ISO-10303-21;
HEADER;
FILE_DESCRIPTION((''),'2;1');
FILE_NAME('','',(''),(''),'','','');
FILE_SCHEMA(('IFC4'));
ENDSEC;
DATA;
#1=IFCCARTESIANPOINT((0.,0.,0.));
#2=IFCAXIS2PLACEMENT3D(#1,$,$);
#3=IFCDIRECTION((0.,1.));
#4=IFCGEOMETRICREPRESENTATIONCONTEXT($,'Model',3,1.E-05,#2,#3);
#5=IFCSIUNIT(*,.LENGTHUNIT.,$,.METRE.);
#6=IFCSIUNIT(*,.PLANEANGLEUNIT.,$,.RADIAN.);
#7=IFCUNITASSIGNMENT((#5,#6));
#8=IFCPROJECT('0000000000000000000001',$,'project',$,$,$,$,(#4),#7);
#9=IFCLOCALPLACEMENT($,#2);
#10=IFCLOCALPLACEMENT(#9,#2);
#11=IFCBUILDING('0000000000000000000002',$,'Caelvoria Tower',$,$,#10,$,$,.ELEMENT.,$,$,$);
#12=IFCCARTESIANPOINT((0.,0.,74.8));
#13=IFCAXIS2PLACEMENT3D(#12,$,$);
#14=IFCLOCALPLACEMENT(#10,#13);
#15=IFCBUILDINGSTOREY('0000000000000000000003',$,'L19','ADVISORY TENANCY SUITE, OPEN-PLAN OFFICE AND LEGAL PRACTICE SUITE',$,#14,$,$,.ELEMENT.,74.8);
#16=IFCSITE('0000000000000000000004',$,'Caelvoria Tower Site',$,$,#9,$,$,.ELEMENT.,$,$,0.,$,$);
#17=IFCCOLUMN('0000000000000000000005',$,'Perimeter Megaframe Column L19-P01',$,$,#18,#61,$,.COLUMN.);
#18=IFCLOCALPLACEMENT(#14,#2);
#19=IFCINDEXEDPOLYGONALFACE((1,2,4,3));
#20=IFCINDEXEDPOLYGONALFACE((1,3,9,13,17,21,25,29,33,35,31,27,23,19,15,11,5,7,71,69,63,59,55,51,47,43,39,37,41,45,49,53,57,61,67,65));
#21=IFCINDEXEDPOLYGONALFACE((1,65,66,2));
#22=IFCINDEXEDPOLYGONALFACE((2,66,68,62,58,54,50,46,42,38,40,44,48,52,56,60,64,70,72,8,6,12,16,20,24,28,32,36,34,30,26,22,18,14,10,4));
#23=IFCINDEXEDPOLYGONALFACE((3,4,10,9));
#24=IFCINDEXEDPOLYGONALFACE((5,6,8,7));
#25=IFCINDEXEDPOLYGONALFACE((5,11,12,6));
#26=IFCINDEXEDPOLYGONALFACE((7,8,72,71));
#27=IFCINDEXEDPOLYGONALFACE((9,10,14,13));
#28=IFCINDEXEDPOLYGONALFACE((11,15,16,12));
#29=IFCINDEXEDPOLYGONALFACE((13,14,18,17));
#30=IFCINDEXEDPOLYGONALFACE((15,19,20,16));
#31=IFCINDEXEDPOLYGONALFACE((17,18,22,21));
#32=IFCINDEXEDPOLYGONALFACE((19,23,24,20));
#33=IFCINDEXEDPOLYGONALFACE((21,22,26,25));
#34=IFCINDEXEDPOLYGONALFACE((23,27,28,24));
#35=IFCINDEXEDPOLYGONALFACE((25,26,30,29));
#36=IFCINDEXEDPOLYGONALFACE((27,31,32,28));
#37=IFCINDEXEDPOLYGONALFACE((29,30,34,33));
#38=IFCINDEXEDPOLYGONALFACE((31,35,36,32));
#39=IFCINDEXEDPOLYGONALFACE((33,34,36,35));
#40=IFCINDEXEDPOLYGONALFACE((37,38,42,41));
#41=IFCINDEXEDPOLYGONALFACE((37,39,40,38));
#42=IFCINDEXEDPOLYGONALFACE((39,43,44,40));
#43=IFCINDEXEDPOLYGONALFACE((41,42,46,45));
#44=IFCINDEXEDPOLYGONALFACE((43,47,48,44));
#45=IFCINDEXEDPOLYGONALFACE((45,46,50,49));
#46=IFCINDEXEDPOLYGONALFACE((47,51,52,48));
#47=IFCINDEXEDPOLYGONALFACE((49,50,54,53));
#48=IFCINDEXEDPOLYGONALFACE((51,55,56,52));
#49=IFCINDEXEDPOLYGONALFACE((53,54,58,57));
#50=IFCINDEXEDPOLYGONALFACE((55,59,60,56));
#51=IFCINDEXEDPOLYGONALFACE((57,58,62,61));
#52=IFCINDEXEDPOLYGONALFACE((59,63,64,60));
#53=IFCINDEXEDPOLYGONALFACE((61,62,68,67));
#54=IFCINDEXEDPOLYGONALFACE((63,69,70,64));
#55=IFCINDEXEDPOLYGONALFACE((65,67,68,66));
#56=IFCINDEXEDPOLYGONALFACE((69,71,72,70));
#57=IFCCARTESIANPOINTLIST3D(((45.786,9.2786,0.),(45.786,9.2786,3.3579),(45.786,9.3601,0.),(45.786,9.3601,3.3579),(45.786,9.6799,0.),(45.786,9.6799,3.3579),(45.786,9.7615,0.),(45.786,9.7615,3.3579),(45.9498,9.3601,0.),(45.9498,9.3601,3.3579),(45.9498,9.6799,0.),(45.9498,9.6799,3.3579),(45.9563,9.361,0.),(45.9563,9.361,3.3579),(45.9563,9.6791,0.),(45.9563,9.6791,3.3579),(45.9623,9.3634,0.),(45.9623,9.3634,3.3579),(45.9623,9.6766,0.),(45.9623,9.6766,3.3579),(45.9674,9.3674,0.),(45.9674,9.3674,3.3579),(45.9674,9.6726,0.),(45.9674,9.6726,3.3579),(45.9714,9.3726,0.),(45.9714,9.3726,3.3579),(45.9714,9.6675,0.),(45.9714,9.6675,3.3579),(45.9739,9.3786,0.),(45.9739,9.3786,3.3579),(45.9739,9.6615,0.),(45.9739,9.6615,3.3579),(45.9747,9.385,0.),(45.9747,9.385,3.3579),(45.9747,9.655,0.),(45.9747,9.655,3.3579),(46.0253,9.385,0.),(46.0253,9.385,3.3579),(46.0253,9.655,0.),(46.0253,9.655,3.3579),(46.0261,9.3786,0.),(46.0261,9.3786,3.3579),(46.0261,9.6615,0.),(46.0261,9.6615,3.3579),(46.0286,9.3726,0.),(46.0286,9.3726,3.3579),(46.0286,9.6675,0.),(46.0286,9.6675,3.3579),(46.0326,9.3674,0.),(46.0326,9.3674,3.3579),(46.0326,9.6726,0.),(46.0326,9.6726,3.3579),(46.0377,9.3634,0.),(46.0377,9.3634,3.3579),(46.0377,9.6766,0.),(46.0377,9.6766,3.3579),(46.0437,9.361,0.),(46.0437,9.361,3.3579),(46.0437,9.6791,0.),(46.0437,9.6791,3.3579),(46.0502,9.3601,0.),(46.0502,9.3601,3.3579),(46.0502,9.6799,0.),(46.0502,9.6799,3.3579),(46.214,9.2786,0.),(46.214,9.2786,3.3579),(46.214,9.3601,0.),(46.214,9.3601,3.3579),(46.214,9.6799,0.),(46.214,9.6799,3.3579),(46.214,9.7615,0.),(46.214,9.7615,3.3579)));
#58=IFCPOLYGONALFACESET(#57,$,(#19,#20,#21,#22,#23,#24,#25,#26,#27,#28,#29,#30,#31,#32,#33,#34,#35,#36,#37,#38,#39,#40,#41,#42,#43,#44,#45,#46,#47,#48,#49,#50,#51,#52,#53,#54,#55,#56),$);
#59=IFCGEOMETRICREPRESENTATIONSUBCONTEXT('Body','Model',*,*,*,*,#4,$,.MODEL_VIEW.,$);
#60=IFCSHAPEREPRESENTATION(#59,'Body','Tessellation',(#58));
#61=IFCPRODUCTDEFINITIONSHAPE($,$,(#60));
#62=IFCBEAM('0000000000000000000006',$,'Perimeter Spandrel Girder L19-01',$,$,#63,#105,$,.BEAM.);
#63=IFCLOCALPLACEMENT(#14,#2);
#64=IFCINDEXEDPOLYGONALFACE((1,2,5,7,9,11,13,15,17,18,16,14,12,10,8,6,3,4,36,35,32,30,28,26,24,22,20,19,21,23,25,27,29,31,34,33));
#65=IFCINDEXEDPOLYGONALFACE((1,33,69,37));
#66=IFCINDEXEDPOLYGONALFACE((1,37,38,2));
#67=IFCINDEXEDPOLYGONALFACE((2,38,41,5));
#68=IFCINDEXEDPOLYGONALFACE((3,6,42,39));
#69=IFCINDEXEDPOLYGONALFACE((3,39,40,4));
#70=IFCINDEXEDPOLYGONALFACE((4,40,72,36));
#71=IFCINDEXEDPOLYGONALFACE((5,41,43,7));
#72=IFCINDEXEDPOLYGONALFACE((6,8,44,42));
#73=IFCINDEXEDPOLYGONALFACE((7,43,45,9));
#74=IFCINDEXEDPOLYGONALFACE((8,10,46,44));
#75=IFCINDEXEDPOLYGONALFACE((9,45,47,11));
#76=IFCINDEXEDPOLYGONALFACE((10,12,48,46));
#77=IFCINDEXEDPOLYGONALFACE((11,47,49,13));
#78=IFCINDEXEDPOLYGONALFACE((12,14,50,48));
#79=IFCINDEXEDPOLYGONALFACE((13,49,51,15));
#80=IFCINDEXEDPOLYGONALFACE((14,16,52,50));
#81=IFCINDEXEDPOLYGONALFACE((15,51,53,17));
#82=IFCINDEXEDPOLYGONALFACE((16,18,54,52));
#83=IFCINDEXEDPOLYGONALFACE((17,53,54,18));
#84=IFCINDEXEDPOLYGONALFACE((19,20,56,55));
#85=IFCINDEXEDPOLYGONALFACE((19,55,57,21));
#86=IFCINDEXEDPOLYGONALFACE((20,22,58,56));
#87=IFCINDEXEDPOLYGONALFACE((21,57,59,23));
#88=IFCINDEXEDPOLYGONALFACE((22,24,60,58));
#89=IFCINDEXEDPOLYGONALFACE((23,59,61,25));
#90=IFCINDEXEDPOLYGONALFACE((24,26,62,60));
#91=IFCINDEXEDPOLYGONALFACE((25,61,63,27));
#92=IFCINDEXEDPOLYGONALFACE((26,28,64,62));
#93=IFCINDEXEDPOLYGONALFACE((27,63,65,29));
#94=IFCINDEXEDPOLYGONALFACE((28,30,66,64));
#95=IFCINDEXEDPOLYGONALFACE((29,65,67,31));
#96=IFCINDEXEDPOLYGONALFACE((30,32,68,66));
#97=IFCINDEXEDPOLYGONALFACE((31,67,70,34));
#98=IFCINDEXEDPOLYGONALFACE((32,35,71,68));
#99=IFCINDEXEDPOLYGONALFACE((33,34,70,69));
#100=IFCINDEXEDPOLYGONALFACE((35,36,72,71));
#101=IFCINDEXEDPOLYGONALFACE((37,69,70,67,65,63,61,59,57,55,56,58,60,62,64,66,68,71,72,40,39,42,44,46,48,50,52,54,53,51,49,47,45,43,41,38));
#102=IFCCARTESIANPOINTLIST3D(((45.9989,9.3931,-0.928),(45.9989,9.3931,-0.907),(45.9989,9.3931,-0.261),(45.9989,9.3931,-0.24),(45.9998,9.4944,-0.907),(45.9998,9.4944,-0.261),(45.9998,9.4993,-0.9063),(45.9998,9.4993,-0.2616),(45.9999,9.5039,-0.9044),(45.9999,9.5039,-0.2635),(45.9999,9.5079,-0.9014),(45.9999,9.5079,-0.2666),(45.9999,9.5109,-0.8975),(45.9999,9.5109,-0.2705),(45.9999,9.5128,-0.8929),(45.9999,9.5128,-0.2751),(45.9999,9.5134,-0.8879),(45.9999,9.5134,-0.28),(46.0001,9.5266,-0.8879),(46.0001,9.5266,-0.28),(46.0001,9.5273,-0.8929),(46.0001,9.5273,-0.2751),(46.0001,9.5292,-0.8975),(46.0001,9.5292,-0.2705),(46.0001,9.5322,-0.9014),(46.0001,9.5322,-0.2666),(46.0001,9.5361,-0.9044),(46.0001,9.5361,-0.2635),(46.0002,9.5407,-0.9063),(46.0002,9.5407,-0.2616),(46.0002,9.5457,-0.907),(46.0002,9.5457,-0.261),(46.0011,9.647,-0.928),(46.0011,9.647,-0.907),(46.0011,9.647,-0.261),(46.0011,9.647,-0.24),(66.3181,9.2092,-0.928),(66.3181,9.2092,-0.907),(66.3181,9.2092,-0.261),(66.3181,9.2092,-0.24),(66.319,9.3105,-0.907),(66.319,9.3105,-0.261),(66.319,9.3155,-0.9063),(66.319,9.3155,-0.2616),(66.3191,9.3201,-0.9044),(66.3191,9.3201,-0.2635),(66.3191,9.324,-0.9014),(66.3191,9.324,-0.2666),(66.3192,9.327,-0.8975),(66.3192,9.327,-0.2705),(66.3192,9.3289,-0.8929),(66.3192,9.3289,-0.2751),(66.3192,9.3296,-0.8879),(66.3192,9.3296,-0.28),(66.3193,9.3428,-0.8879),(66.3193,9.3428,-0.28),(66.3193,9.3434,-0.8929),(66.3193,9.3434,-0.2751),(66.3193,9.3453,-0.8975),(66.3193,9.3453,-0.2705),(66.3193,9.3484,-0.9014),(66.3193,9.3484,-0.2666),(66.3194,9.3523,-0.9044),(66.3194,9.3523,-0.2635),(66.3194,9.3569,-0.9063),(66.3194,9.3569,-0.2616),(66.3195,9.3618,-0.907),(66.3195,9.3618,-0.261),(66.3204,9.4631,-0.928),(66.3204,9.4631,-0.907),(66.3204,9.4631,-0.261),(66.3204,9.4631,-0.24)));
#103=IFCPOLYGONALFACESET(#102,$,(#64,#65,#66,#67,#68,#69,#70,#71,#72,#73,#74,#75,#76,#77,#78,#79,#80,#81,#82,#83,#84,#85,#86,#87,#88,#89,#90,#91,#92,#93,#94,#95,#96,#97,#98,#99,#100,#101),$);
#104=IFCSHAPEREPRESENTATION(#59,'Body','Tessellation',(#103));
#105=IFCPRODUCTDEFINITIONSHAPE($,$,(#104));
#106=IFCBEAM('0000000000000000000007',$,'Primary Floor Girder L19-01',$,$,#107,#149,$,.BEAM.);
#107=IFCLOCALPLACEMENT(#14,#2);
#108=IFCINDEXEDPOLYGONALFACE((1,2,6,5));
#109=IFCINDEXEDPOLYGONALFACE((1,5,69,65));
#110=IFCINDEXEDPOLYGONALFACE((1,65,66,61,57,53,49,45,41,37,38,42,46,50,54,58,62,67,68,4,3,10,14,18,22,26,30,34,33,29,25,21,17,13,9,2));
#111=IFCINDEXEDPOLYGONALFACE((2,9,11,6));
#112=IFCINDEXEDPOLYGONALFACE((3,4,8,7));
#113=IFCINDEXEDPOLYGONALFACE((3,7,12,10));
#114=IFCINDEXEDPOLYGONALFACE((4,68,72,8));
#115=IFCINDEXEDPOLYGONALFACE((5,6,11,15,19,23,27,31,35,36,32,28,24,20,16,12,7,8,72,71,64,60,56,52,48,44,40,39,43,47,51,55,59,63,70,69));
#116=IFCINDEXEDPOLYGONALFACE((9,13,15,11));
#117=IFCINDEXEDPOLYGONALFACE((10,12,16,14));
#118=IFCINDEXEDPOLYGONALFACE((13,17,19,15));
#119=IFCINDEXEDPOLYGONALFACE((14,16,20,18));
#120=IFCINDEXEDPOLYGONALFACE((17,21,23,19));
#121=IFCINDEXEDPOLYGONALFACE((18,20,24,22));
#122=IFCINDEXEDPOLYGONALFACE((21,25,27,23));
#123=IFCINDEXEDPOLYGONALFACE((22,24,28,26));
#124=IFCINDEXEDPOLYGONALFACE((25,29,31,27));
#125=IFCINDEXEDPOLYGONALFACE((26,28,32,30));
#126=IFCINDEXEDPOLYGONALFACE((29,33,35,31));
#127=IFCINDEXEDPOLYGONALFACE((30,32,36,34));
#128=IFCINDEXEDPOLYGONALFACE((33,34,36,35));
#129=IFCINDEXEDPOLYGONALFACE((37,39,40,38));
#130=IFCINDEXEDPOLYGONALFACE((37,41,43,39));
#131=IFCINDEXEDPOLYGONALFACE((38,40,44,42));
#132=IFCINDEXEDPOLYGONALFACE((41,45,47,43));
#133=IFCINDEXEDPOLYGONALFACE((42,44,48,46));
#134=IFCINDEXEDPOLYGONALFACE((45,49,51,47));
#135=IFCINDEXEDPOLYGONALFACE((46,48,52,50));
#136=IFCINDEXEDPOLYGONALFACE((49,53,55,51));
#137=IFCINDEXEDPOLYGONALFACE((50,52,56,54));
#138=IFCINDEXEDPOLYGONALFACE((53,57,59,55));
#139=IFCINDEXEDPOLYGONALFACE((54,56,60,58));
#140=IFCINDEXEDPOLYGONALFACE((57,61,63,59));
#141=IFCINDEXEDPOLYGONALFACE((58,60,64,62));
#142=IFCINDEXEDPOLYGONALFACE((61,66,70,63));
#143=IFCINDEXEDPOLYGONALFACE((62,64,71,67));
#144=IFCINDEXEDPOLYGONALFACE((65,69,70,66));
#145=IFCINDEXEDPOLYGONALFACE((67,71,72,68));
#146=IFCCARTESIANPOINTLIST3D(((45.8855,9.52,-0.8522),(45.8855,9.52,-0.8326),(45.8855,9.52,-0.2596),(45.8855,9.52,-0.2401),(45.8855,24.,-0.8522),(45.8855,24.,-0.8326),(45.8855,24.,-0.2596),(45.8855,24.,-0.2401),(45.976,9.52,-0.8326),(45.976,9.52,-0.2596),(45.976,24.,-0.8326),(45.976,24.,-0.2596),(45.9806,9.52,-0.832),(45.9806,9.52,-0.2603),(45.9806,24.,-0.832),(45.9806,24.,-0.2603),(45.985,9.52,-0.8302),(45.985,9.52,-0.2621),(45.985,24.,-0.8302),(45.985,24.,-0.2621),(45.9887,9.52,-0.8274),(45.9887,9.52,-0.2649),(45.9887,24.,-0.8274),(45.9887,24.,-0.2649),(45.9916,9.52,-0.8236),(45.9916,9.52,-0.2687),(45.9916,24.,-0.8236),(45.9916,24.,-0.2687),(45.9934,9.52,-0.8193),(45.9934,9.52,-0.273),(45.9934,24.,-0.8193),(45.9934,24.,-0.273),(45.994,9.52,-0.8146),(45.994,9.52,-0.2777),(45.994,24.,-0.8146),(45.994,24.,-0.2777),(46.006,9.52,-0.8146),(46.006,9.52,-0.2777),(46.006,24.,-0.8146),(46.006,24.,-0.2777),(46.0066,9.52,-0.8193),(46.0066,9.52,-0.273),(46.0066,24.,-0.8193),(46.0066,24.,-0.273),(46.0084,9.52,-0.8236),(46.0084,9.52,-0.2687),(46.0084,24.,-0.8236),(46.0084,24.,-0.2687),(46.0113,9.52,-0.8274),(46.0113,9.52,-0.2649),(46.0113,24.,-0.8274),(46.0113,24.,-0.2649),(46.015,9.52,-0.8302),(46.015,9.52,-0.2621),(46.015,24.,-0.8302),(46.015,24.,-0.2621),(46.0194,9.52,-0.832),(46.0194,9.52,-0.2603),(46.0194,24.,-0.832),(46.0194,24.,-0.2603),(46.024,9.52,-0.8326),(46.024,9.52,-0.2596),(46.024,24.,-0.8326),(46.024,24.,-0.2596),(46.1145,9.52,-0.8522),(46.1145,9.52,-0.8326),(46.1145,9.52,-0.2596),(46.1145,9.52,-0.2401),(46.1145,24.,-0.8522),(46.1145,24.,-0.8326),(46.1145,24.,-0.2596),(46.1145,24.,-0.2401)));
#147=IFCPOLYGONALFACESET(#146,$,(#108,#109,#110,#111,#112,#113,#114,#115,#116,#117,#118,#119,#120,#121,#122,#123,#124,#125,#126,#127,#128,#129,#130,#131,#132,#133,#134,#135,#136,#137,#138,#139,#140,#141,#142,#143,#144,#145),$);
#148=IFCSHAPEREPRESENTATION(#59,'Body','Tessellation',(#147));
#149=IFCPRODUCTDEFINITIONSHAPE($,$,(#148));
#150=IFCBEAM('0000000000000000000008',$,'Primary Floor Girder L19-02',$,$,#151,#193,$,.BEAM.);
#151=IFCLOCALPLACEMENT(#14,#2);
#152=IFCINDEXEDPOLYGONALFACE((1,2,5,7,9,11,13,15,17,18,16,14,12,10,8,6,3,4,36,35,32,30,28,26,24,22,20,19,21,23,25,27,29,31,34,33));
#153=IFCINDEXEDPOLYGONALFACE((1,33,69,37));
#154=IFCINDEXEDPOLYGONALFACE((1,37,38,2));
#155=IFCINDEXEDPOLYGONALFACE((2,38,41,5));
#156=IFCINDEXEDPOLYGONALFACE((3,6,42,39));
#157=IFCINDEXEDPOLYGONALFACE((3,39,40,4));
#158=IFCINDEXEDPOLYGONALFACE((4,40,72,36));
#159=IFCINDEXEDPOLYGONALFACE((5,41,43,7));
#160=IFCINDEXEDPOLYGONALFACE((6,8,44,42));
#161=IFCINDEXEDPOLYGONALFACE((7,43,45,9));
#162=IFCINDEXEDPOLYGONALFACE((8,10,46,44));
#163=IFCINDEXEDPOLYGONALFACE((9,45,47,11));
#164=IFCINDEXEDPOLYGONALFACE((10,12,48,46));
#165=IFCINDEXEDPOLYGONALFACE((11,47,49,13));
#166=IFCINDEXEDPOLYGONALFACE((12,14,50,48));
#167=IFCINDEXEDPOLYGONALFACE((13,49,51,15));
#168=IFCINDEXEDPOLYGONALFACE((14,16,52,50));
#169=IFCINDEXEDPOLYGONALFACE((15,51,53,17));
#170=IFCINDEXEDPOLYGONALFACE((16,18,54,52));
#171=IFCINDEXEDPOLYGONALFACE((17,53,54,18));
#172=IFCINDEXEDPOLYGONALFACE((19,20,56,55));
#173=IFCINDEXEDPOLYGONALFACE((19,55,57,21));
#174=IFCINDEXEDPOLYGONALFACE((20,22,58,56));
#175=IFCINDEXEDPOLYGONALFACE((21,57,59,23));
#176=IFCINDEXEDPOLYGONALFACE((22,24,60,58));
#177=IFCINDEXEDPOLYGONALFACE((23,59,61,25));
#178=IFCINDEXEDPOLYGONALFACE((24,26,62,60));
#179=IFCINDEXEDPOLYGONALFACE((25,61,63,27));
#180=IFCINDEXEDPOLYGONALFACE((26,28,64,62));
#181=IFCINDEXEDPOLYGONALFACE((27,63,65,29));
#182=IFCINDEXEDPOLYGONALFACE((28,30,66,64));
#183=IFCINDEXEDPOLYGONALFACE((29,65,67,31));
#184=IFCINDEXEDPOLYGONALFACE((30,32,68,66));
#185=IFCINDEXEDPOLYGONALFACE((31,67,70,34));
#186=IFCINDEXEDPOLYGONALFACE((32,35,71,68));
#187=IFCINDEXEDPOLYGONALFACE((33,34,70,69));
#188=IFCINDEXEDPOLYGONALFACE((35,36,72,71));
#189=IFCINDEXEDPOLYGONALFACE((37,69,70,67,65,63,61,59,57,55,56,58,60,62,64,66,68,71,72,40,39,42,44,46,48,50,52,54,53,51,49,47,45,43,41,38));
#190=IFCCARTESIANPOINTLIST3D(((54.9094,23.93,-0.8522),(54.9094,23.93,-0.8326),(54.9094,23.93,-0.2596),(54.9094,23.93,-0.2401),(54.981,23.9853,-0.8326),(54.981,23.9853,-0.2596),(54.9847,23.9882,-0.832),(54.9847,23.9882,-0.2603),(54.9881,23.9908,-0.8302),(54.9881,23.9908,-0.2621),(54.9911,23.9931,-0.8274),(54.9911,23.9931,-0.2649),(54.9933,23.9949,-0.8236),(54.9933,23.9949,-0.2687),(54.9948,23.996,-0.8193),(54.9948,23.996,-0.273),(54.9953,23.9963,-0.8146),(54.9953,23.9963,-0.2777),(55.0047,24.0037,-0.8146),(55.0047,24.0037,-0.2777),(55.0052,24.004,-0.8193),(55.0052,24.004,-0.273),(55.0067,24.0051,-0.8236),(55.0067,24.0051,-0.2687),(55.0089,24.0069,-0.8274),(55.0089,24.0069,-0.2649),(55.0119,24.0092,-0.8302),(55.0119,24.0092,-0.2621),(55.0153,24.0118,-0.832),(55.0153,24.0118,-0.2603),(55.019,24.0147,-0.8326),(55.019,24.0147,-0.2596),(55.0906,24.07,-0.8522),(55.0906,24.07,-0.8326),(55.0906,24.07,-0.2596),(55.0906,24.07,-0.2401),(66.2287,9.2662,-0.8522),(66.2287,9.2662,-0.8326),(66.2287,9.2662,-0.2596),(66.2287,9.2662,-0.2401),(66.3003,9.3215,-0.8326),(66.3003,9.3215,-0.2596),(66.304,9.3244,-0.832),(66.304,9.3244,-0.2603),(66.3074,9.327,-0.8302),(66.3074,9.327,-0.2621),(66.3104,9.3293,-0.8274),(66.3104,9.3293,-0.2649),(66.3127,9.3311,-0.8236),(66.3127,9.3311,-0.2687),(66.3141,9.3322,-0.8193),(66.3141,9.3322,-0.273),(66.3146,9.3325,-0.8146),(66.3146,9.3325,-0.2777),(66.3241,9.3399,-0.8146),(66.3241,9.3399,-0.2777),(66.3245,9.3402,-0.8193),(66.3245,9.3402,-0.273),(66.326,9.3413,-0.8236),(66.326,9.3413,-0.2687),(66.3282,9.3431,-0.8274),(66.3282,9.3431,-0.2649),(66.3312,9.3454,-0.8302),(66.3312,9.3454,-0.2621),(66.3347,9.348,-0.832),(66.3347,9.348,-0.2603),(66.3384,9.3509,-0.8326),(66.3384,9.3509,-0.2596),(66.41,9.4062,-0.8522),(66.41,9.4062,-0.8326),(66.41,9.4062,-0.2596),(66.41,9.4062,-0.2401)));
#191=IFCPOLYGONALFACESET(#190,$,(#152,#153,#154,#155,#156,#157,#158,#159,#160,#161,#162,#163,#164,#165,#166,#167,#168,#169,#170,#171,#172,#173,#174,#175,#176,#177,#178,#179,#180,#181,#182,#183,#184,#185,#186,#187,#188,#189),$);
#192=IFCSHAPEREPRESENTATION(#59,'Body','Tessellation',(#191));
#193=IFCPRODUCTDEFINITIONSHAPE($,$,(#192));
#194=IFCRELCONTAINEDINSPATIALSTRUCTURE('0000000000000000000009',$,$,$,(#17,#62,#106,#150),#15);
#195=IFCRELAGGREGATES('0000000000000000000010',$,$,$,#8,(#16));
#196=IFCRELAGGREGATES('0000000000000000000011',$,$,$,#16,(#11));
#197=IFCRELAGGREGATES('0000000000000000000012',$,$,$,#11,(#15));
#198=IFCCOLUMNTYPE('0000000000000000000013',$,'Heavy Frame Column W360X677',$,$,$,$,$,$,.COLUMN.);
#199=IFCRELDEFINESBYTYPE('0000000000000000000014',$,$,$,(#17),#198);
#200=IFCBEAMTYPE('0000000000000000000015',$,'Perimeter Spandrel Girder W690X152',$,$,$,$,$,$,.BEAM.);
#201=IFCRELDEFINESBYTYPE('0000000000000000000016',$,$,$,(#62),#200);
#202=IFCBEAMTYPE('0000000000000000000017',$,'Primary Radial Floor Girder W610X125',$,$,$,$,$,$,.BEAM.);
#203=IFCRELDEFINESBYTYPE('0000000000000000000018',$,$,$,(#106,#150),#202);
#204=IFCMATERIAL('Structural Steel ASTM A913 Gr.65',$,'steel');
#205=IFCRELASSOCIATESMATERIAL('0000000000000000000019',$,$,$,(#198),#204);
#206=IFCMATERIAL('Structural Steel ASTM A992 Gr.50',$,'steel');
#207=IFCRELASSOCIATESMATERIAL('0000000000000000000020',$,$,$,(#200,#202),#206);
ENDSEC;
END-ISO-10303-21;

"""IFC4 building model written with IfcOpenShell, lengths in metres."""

from ifc_helpers import new_model, si_unit, direction, frame, origin, origin_2d, place, context, subcontext, project, spatial, i_section, extrude, material, material_profile, profile_set, type_object, element, save


model = new_model("IFC4")

# Units and contexts
model_context = context("Model", 3, precision=1e-05, world=origin(), true_north=direction((0.0, 1.0)))
body_context = subcontext(model_context, "Body", "Model", "MODEL_VIEW")
ifc_project = project(units=[si_unit("LENGTHUNIT", "METRE"), si_unit("PLANEANGLEUNIT", "RADIAN")], contexts=[model_context])

# Site, building, storey
site_placement = place(None, origin())
site = spatial("IfcSite", under=ifc_project, at=site_placement, Name="Caelvoria Tower Site", CompositionType="ELEMENT", RefElevation=0.0)
building_placement = place(site_placement, origin())
building = spatial("IfcBuilding", under=site, at=building_placement, Name="Caelvoria Tower", CompositionType="ELEMENT")
storey_placement = place(building_placement, frame((0.0, 0.0, 74.8)))
storey = spatial("IfcBuildingStorey", under=building, at=storey_placement, Name="L19", Description="ADVISORY TENANCY SUITE, OPEN-PLAN OFFICE AND LEGAL PRACTICE SUITE", CompositionType="ELEMENT", Elevation=74.8)

# Column
ifc_material_1 = material(Name="Structural Steel ASTM A913 Gr.65", Category="steel")
ifc_material_profile_1 = material_profile(ifc_material_1, i_section(OverallWidth=0.428, OverallDepth=0.4829, WebThickness=0.0505, FlangeThickness=0.0815, FilletRadius=0.0249, at=origin_2d()), Name="Structural Steel ASTM A913 Gr.65")
ifc_profile_set_1 = profile_set([ifc_material_profile_1], Name="W360X677 - Structural Steel ASTM A913 Gr.65")
column_type = type_object("IfcColumnType", Name="Heavy Frame Column W360X677", PredefinedType="COLUMN", material=ifc_profile_set_1)
column_placement = place(storey_placement, frame((46.0, 9.52, 0.0), z_axis=(0.0, 0.0, 1.0), x_axis=(1.0, 0.0, 0.0)))
element("IfcColumn", 1, at=column_placement, inside=storey, type_object=column_type, Name="Perimeter Megaframe Column L19-P01", PredefinedType="COLUMN", context=body_context, shape_type="SweptSolid", body=[
    extrude(i_section(OverallWidth=0.428, OverallDepth=0.4829, WebThickness=0.0505, FlangeThickness=0.0815, FilletRadius=0.0249, at=origin_2d()), origin(), (0.0, 0.0, 1.0), 3.3579),
])

# Beams
ifc_material_2 = material(Name="Structural Steel ASTM A992 Gr.50", Category="steel")
ifc_material_profile_2 = material_profile(ifc_material_2, i_section(OverallWidth=0.2539, OverallDepth=0.688, WebThickness=0.0132, FlangeThickness=0.021, FilletRadius=0.019, at=origin_2d()), Name="Structural Steel ASTM A992 Gr.50")
ifc_profile_set_2 = profile_set([ifc_material_profile_2], Name="W690X152 - Structural Steel ASTM A992 Gr.50")
beam_type_1 = type_object("IfcBeamType", Name="Perimeter Spandrel Girder W690X152", PredefinedType="BEAM", material=ifc_profile_set_2)
beam_1_placement = place(storey_placement, frame((46.0, 9.52, -0.584), z_axis=(0.999959, -0.009047, 0.0), x_axis=(0.009047, 0.999959, 0.0)))
element("IfcBeam", 2, at=beam_1_placement, inside=storey, type_object=beam_type_1, Name="Perimeter Spandrel Girder L19-01", PredefinedType="BEAM", context=body_context, shape_type="SweptSolid", body=[
    extrude(i_section(OverallWidth=0.2539, OverallDepth=0.688, WebThickness=0.0132, FlangeThickness=0.021, FilletRadius=0.019, at=origin_2d()), origin(), (0.0, 0.0, 1.0), 20.3201),
])
ifc_material_profile_3 = material_profile(ifc_material_2, i_section(OverallWidth=0.229, OverallDepth=0.6121, WebThickness=0.012, FlangeThickness=0.0195, FilletRadius=0.0181, at=origin_2d()), Name="Structural Steel ASTM A992 Gr.50")
ifc_profile_set_3 = profile_set([ifc_material_profile_3], Name="W610X125 - Structural Steel ASTM A992 Gr.50")
beam_type_2 = type_object("IfcBeamType", Name="Primary Radial Floor Girder W610X125", PredefinedType="BEAM", material=ifc_profile_set_3)
beam_2_placement = place(storey_placement, frame((46.0, 24.0, -0.5461), z_axis=(0.0, -1.0, 0.0), x_axis=(1.0, 0.0, 0.0)))
element("IfcBeam", 3, at=beam_2_placement, inside=storey, type_object=beam_type_2, Name="Primary Floor Girder L19-01", PredefinedType="BEAM", context=body_context, shape_type="SweptSolid", body=[
    extrude(i_section(OverallWidth=0.229, OverallDepth=0.6121, WebThickness=0.012, FlangeThickness=0.0195, FilletRadius=0.0181, at=origin_2d()), origin(), (0.0, 0.0, 1.0), 14.48),
])
beam_3_placement = place(storey_placement, frame((55.0, 24.0, -0.5461), z_axis=(0.611049, -0.791593, 0.0), x_axis=(0.791593, 0.611049, 0.0)))
element("IfcBeam", 4, at=beam_3_placement, inside=storey, type_object=beam_type_2, Name="Primary Floor Girder L19-02", PredefinedType="BEAM", context=body_context, shape_type="SweptSolid", body=[
    extrude(i_section(OverallWidth=0.229, OverallDepth=0.6121, WebThickness=0.012, FlangeThickness=0.0195, FilletRadius=0.0181, at=origin_2d()), origin(), (0.0, 0.0, 1.0), 18.5244),
])

save(model, "model.ifc")
